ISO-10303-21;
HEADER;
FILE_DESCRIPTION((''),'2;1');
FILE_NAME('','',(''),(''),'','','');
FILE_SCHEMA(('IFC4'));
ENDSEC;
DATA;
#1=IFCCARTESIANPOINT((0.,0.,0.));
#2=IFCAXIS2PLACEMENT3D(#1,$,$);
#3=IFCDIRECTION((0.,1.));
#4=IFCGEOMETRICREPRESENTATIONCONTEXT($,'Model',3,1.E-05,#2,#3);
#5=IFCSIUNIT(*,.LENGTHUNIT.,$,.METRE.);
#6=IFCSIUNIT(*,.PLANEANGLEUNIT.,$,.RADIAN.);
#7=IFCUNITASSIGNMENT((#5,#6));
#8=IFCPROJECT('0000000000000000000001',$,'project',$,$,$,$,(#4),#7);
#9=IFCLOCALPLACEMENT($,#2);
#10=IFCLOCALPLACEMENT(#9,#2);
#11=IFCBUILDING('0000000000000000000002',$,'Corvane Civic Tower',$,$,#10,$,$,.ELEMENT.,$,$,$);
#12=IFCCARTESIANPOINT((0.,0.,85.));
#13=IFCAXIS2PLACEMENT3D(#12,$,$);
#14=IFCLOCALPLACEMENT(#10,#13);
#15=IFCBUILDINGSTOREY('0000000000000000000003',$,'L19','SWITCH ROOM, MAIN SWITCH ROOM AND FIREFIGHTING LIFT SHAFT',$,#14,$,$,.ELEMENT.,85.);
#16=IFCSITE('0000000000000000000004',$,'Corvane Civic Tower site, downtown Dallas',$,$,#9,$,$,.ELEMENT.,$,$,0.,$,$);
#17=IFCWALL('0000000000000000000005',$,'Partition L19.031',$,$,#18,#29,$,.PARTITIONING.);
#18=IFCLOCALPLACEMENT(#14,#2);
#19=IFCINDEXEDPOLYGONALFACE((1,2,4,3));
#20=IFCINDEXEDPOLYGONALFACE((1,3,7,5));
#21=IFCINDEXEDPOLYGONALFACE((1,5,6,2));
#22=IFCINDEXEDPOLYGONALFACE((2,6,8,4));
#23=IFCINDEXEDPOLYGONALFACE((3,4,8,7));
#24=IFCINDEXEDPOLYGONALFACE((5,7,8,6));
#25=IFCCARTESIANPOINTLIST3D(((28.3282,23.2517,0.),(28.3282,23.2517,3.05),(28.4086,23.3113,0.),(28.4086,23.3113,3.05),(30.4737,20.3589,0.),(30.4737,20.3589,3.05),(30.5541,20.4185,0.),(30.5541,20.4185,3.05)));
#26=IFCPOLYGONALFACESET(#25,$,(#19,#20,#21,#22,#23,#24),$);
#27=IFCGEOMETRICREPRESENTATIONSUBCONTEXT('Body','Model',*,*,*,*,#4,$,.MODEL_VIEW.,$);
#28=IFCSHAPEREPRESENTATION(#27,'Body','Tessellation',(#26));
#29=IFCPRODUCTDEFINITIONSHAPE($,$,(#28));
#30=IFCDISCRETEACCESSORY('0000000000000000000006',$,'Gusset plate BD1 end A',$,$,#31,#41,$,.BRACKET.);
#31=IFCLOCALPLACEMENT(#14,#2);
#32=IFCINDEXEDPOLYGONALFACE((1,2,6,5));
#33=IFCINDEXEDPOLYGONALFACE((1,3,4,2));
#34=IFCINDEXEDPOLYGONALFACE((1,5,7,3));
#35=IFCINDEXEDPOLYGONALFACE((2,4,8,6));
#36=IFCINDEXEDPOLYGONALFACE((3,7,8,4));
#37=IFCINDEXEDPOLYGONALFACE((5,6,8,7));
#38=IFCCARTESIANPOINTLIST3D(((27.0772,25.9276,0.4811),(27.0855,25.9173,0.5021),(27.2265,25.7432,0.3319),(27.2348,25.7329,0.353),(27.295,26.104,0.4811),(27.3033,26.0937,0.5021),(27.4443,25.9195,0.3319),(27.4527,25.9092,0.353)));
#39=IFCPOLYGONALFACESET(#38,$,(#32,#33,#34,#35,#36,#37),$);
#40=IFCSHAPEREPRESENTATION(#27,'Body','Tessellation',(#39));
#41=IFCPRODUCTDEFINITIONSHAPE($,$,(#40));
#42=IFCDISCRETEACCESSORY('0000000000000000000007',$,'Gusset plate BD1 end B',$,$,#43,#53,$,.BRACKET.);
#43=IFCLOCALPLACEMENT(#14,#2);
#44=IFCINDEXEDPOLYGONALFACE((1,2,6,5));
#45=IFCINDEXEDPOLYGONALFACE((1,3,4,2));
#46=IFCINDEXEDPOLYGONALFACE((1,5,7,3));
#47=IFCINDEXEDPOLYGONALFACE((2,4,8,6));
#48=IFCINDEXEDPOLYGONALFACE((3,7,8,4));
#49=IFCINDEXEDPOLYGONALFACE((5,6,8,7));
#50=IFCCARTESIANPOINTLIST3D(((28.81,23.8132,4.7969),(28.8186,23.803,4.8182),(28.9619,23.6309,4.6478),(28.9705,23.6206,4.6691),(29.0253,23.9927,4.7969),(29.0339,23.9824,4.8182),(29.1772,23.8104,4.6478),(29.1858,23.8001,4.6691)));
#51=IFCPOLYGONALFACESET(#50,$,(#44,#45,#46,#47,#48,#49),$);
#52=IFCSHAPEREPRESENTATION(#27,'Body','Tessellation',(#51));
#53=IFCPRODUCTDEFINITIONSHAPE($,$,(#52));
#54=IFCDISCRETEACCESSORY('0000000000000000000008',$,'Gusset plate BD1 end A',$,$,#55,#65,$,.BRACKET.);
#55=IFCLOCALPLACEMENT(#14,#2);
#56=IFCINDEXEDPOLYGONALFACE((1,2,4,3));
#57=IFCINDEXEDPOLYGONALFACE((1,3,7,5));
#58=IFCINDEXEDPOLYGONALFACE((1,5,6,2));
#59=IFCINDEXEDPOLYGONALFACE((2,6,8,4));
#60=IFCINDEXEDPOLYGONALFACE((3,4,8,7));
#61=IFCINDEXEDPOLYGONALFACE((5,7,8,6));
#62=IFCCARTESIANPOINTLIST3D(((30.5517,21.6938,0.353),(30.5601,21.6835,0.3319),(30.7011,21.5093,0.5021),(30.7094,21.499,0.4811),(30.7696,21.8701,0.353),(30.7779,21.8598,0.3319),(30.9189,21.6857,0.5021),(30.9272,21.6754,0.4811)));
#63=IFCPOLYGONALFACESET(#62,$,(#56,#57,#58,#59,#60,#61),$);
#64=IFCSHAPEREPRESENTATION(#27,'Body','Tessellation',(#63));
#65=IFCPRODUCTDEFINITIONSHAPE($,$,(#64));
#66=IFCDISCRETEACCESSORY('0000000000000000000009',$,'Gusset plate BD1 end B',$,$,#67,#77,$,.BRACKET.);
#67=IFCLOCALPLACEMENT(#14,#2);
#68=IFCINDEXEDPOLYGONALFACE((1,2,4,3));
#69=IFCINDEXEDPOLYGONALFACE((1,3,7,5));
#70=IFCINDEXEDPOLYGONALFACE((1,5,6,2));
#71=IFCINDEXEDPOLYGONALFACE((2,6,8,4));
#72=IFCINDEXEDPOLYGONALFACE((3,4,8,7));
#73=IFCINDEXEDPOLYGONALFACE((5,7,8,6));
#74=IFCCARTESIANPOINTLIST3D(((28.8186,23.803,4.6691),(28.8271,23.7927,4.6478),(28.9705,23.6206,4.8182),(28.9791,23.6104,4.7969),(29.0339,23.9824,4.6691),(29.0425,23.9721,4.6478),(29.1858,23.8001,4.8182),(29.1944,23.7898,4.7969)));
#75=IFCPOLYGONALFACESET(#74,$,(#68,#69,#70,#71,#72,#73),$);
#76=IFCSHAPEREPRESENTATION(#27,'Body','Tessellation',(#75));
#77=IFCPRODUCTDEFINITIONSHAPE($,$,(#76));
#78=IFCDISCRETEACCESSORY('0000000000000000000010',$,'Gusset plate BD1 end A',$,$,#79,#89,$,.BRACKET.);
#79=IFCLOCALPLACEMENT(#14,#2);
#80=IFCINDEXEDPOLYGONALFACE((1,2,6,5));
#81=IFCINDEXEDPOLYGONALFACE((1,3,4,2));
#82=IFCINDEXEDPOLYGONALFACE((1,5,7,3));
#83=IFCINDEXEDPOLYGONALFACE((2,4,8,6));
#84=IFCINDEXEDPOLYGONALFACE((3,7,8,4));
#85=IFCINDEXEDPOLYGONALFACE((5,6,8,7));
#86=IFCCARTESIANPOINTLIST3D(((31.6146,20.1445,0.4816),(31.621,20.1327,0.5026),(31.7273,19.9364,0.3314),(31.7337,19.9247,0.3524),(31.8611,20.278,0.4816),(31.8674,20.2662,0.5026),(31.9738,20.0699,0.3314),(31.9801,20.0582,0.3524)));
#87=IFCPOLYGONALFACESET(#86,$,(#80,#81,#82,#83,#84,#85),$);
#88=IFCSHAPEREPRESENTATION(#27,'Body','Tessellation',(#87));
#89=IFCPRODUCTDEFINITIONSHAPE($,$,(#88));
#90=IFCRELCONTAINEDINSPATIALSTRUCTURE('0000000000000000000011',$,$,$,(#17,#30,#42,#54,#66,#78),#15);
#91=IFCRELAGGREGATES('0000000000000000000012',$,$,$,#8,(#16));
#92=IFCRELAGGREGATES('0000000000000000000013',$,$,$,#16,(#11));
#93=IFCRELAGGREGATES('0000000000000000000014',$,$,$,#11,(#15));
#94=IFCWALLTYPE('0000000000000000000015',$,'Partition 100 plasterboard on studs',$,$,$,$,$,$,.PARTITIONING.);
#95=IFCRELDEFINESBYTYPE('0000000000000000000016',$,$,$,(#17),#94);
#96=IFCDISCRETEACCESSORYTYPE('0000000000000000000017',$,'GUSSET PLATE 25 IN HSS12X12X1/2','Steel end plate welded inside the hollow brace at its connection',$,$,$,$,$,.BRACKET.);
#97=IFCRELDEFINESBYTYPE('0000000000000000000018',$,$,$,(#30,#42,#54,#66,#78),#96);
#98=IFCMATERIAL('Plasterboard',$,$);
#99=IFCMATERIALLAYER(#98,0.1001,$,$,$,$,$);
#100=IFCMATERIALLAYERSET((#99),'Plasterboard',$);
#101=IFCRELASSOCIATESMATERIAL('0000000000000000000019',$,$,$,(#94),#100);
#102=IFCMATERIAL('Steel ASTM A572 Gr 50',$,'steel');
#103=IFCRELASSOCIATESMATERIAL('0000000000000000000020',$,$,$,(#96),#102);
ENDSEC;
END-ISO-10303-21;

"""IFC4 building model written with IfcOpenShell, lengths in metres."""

from ifc_helpers import new_model, si_unit, direction, frame, frame_2d, origin, origin_2d, place, context, subcontext, project, spatial, rectangle, extrude, material, layer, layer_set, material_profile, profile_set, type_object, element, save


model = new_model("IFC4")

# Units and contexts
model_context = context("Model", 3, precision=1e-05, world=origin(), true_north=direction((0.0, 1.0)))
body_context = subcontext(model_context, "Body", "Model", "MODEL_VIEW")
ifc_project = project(units=[si_unit("LENGTHUNIT", "METRE"), si_unit("PLANEANGLEUNIT", "RADIAN")], contexts=[model_context])

# Site, building, storey
site_placement = place(None, origin())
site = spatial("IfcSite", under=ifc_project, at=site_placement, Name="Corvane Civic Tower site, downtown Dallas", CompositionType="ELEMENT", RefElevation=0.0)
building_placement = place(site_placement, origin())
building = spatial("IfcBuilding", under=site, at=building_placement, Name="Corvane Civic Tower", CompositionType="ELEMENT")
storey_placement = place(building_placement, frame((0.0, 0.0, 85.0)))
storey = spatial("IfcBuildingStorey", under=building, at=storey_placement, Name="L19", Description="SWITCH ROOM, MAIN SWITCH ROOM AND FIREFIGHTING LIFT SHAFT", CompositionType="ELEMENT", Elevation=85.0)

# Wall
ifc_material_1 = material(Name="Plasterboard")
ifc_layer = layer(ifc_material_1, 0.1001)
ifc_layer_set = layer_set([ifc_layer], Name="Plasterboard")
wall_type = type_object("IfcWallType", Name="Partition 100 plasterboard on studs", PredefinedType="PARTITIONING", material=ifc_layer_set)
for number, where, z_axis, x_axis, name in (
    (1, (28.3684, 23.2815, 0.0), (0.0, 0.0, 1.0), (0.595707, -0.803202, 0.0), "Partition L19.031"),
):
    element("IfcWall", number, at=place(storey_placement, frame(where, z_axis=z_axis, x_axis=x_axis)), inside=storey, type_object=wall_type, Name=name, PredefinedType="PARTITIONING", context=body_context, shape_type="SweptSolid", body=[
        extrude(rectangle(XDim=3.6016, YDim=0.1001, at=frame_2d((1.8008, 0.0))), origin(), (0.0, 0.0, 1.0), 3.05),
    ])

# Discrete accessories
ifc_material_2 = material(Name="Steel ASTM A572 Gr 50", Category="steel")
ifc_material_profile_1 = material_profile(ifc_material_2, rectangle(XDim=0.2803, YDim=0.2803, at=origin_2d()), Name="GUSSET PLATE 25 IN HSS12X12X1/2")
ifc_profile_set_1 = profile_set([ifc_material_profile_1], Name="Steel ASTM A572 Gr 50")
discrete_accessory_type = type_object("IfcDiscreteAccessoryType", Name="GUSSET PLATE 25 IN HSS12X12X1/2", Description="Steel end plate welded inside the hollow brace at its connection", PredefinedType="BRACKET", material=ifc_profile_set_1)
discrete_accessory_1_placement = place(storey_placement, frame((27.2607, 25.9236, 0.4065), z_axis=(0.334752, -0.413517, 0.846726), x_axis=(0.777245, 0.629198, 0.0)))
element("IfcDiscreteAccessory", 2, at=discrete_accessory_1_placement, inside=storey, type_object=discrete_accessory_type, Name="Gusset plate BD1 end A", PredefinedType="BRACKET", context=body_context, shape_type="SweptSolid", body=[
    extrude(rectangle(XDim=0.2803, YDim=0.2803, at=origin_2d()), origin(), (0.0, 0.0, 1.0), 0.0249),
])
discrete_accessory_2_placement = place(storey_placement, frame((29.0022, 23.8015, 4.7437), z_axis=(-0.340626, 0.408751, -0.846698), x_axis=(-0.768221, -0.640184, 0.0)))
element("IfcDiscreteAccessory", 3, at=discrete_accessory_2_placement, inside=storey, type_object=discrete_accessory_type, Name="Gusset plate BD1 end B", PredefinedType="BRACKET", context=body_context, shape_type="SweptSolid", body=[
    extrude(rectangle(XDim=0.2803, YDim=0.2803, at=origin_2d()), origin(), (0.0, 0.0, 1.0), 0.0251),
])
discrete_accessory_3_placement = place(storey_placement, frame((30.7437, 21.6794, 0.4065), z_axis=(-0.334752, 0.413517, 0.846726), x_axis=(-0.777245, -0.629198, 0.0)))
element("IfcDiscreteAccessory", 4, at=discrete_accessory_3_placement, inside=storey, type_object=discrete_accessory_type, Name="Gusset plate BD1 end A", PredefinedType="BRACKET", context=body_context, shape_type="SweptSolid", body=[
    extrude(rectangle(XDim=0.2803, YDim=0.2803, at=origin_2d()), origin(), (0.0, 0.0, 1.0), 0.0249),
])
discrete_accessory_4_placement = place(storey_placement, frame((29.0022, 23.8015, 4.7437), z_axis=(0.340626, -0.408751, -0.846698), x_axis=(0.768221, 0.640184, 0.0)))
element("IfcDiscreteAccessory", 5, at=discrete_accessory_4_placement, inside=storey, type_object=discrete_accessory_type, Name="Gusset plate BD1 end B", PredefinedType="BRACKET", context=body_context, shape_type="SweptSolid", body=[
    extrude(rectangle(XDim=0.2803, YDim=0.2803, at=origin_2d()), origin(), (0.0, 0.0, 1.0), 0.0251),
])
discrete_accessory_5_placement = place(storey_placement, frame((31.7942, 20.1072, 0.4065), z_axis=(0.255246, -0.471223, 0.844274), x_axis=(0.879292, 0.476283, 0.0)))
element("IfcDiscreteAccessory", 6, at=discrete_accessory_5_placement, inside=storey, type_object=discrete_accessory_type, Name="Gusset plate BD1 end A", PredefinedType="BRACKET", context=body_context, shape_type="SweptSolid", body=[
    extrude(rectangle(XDim=0.2803, YDim=0.2803, at=origin_2d()), origin(), (0.0, 0.0, 1.0), 0.0249),
])

save(model, "model.ifc")
